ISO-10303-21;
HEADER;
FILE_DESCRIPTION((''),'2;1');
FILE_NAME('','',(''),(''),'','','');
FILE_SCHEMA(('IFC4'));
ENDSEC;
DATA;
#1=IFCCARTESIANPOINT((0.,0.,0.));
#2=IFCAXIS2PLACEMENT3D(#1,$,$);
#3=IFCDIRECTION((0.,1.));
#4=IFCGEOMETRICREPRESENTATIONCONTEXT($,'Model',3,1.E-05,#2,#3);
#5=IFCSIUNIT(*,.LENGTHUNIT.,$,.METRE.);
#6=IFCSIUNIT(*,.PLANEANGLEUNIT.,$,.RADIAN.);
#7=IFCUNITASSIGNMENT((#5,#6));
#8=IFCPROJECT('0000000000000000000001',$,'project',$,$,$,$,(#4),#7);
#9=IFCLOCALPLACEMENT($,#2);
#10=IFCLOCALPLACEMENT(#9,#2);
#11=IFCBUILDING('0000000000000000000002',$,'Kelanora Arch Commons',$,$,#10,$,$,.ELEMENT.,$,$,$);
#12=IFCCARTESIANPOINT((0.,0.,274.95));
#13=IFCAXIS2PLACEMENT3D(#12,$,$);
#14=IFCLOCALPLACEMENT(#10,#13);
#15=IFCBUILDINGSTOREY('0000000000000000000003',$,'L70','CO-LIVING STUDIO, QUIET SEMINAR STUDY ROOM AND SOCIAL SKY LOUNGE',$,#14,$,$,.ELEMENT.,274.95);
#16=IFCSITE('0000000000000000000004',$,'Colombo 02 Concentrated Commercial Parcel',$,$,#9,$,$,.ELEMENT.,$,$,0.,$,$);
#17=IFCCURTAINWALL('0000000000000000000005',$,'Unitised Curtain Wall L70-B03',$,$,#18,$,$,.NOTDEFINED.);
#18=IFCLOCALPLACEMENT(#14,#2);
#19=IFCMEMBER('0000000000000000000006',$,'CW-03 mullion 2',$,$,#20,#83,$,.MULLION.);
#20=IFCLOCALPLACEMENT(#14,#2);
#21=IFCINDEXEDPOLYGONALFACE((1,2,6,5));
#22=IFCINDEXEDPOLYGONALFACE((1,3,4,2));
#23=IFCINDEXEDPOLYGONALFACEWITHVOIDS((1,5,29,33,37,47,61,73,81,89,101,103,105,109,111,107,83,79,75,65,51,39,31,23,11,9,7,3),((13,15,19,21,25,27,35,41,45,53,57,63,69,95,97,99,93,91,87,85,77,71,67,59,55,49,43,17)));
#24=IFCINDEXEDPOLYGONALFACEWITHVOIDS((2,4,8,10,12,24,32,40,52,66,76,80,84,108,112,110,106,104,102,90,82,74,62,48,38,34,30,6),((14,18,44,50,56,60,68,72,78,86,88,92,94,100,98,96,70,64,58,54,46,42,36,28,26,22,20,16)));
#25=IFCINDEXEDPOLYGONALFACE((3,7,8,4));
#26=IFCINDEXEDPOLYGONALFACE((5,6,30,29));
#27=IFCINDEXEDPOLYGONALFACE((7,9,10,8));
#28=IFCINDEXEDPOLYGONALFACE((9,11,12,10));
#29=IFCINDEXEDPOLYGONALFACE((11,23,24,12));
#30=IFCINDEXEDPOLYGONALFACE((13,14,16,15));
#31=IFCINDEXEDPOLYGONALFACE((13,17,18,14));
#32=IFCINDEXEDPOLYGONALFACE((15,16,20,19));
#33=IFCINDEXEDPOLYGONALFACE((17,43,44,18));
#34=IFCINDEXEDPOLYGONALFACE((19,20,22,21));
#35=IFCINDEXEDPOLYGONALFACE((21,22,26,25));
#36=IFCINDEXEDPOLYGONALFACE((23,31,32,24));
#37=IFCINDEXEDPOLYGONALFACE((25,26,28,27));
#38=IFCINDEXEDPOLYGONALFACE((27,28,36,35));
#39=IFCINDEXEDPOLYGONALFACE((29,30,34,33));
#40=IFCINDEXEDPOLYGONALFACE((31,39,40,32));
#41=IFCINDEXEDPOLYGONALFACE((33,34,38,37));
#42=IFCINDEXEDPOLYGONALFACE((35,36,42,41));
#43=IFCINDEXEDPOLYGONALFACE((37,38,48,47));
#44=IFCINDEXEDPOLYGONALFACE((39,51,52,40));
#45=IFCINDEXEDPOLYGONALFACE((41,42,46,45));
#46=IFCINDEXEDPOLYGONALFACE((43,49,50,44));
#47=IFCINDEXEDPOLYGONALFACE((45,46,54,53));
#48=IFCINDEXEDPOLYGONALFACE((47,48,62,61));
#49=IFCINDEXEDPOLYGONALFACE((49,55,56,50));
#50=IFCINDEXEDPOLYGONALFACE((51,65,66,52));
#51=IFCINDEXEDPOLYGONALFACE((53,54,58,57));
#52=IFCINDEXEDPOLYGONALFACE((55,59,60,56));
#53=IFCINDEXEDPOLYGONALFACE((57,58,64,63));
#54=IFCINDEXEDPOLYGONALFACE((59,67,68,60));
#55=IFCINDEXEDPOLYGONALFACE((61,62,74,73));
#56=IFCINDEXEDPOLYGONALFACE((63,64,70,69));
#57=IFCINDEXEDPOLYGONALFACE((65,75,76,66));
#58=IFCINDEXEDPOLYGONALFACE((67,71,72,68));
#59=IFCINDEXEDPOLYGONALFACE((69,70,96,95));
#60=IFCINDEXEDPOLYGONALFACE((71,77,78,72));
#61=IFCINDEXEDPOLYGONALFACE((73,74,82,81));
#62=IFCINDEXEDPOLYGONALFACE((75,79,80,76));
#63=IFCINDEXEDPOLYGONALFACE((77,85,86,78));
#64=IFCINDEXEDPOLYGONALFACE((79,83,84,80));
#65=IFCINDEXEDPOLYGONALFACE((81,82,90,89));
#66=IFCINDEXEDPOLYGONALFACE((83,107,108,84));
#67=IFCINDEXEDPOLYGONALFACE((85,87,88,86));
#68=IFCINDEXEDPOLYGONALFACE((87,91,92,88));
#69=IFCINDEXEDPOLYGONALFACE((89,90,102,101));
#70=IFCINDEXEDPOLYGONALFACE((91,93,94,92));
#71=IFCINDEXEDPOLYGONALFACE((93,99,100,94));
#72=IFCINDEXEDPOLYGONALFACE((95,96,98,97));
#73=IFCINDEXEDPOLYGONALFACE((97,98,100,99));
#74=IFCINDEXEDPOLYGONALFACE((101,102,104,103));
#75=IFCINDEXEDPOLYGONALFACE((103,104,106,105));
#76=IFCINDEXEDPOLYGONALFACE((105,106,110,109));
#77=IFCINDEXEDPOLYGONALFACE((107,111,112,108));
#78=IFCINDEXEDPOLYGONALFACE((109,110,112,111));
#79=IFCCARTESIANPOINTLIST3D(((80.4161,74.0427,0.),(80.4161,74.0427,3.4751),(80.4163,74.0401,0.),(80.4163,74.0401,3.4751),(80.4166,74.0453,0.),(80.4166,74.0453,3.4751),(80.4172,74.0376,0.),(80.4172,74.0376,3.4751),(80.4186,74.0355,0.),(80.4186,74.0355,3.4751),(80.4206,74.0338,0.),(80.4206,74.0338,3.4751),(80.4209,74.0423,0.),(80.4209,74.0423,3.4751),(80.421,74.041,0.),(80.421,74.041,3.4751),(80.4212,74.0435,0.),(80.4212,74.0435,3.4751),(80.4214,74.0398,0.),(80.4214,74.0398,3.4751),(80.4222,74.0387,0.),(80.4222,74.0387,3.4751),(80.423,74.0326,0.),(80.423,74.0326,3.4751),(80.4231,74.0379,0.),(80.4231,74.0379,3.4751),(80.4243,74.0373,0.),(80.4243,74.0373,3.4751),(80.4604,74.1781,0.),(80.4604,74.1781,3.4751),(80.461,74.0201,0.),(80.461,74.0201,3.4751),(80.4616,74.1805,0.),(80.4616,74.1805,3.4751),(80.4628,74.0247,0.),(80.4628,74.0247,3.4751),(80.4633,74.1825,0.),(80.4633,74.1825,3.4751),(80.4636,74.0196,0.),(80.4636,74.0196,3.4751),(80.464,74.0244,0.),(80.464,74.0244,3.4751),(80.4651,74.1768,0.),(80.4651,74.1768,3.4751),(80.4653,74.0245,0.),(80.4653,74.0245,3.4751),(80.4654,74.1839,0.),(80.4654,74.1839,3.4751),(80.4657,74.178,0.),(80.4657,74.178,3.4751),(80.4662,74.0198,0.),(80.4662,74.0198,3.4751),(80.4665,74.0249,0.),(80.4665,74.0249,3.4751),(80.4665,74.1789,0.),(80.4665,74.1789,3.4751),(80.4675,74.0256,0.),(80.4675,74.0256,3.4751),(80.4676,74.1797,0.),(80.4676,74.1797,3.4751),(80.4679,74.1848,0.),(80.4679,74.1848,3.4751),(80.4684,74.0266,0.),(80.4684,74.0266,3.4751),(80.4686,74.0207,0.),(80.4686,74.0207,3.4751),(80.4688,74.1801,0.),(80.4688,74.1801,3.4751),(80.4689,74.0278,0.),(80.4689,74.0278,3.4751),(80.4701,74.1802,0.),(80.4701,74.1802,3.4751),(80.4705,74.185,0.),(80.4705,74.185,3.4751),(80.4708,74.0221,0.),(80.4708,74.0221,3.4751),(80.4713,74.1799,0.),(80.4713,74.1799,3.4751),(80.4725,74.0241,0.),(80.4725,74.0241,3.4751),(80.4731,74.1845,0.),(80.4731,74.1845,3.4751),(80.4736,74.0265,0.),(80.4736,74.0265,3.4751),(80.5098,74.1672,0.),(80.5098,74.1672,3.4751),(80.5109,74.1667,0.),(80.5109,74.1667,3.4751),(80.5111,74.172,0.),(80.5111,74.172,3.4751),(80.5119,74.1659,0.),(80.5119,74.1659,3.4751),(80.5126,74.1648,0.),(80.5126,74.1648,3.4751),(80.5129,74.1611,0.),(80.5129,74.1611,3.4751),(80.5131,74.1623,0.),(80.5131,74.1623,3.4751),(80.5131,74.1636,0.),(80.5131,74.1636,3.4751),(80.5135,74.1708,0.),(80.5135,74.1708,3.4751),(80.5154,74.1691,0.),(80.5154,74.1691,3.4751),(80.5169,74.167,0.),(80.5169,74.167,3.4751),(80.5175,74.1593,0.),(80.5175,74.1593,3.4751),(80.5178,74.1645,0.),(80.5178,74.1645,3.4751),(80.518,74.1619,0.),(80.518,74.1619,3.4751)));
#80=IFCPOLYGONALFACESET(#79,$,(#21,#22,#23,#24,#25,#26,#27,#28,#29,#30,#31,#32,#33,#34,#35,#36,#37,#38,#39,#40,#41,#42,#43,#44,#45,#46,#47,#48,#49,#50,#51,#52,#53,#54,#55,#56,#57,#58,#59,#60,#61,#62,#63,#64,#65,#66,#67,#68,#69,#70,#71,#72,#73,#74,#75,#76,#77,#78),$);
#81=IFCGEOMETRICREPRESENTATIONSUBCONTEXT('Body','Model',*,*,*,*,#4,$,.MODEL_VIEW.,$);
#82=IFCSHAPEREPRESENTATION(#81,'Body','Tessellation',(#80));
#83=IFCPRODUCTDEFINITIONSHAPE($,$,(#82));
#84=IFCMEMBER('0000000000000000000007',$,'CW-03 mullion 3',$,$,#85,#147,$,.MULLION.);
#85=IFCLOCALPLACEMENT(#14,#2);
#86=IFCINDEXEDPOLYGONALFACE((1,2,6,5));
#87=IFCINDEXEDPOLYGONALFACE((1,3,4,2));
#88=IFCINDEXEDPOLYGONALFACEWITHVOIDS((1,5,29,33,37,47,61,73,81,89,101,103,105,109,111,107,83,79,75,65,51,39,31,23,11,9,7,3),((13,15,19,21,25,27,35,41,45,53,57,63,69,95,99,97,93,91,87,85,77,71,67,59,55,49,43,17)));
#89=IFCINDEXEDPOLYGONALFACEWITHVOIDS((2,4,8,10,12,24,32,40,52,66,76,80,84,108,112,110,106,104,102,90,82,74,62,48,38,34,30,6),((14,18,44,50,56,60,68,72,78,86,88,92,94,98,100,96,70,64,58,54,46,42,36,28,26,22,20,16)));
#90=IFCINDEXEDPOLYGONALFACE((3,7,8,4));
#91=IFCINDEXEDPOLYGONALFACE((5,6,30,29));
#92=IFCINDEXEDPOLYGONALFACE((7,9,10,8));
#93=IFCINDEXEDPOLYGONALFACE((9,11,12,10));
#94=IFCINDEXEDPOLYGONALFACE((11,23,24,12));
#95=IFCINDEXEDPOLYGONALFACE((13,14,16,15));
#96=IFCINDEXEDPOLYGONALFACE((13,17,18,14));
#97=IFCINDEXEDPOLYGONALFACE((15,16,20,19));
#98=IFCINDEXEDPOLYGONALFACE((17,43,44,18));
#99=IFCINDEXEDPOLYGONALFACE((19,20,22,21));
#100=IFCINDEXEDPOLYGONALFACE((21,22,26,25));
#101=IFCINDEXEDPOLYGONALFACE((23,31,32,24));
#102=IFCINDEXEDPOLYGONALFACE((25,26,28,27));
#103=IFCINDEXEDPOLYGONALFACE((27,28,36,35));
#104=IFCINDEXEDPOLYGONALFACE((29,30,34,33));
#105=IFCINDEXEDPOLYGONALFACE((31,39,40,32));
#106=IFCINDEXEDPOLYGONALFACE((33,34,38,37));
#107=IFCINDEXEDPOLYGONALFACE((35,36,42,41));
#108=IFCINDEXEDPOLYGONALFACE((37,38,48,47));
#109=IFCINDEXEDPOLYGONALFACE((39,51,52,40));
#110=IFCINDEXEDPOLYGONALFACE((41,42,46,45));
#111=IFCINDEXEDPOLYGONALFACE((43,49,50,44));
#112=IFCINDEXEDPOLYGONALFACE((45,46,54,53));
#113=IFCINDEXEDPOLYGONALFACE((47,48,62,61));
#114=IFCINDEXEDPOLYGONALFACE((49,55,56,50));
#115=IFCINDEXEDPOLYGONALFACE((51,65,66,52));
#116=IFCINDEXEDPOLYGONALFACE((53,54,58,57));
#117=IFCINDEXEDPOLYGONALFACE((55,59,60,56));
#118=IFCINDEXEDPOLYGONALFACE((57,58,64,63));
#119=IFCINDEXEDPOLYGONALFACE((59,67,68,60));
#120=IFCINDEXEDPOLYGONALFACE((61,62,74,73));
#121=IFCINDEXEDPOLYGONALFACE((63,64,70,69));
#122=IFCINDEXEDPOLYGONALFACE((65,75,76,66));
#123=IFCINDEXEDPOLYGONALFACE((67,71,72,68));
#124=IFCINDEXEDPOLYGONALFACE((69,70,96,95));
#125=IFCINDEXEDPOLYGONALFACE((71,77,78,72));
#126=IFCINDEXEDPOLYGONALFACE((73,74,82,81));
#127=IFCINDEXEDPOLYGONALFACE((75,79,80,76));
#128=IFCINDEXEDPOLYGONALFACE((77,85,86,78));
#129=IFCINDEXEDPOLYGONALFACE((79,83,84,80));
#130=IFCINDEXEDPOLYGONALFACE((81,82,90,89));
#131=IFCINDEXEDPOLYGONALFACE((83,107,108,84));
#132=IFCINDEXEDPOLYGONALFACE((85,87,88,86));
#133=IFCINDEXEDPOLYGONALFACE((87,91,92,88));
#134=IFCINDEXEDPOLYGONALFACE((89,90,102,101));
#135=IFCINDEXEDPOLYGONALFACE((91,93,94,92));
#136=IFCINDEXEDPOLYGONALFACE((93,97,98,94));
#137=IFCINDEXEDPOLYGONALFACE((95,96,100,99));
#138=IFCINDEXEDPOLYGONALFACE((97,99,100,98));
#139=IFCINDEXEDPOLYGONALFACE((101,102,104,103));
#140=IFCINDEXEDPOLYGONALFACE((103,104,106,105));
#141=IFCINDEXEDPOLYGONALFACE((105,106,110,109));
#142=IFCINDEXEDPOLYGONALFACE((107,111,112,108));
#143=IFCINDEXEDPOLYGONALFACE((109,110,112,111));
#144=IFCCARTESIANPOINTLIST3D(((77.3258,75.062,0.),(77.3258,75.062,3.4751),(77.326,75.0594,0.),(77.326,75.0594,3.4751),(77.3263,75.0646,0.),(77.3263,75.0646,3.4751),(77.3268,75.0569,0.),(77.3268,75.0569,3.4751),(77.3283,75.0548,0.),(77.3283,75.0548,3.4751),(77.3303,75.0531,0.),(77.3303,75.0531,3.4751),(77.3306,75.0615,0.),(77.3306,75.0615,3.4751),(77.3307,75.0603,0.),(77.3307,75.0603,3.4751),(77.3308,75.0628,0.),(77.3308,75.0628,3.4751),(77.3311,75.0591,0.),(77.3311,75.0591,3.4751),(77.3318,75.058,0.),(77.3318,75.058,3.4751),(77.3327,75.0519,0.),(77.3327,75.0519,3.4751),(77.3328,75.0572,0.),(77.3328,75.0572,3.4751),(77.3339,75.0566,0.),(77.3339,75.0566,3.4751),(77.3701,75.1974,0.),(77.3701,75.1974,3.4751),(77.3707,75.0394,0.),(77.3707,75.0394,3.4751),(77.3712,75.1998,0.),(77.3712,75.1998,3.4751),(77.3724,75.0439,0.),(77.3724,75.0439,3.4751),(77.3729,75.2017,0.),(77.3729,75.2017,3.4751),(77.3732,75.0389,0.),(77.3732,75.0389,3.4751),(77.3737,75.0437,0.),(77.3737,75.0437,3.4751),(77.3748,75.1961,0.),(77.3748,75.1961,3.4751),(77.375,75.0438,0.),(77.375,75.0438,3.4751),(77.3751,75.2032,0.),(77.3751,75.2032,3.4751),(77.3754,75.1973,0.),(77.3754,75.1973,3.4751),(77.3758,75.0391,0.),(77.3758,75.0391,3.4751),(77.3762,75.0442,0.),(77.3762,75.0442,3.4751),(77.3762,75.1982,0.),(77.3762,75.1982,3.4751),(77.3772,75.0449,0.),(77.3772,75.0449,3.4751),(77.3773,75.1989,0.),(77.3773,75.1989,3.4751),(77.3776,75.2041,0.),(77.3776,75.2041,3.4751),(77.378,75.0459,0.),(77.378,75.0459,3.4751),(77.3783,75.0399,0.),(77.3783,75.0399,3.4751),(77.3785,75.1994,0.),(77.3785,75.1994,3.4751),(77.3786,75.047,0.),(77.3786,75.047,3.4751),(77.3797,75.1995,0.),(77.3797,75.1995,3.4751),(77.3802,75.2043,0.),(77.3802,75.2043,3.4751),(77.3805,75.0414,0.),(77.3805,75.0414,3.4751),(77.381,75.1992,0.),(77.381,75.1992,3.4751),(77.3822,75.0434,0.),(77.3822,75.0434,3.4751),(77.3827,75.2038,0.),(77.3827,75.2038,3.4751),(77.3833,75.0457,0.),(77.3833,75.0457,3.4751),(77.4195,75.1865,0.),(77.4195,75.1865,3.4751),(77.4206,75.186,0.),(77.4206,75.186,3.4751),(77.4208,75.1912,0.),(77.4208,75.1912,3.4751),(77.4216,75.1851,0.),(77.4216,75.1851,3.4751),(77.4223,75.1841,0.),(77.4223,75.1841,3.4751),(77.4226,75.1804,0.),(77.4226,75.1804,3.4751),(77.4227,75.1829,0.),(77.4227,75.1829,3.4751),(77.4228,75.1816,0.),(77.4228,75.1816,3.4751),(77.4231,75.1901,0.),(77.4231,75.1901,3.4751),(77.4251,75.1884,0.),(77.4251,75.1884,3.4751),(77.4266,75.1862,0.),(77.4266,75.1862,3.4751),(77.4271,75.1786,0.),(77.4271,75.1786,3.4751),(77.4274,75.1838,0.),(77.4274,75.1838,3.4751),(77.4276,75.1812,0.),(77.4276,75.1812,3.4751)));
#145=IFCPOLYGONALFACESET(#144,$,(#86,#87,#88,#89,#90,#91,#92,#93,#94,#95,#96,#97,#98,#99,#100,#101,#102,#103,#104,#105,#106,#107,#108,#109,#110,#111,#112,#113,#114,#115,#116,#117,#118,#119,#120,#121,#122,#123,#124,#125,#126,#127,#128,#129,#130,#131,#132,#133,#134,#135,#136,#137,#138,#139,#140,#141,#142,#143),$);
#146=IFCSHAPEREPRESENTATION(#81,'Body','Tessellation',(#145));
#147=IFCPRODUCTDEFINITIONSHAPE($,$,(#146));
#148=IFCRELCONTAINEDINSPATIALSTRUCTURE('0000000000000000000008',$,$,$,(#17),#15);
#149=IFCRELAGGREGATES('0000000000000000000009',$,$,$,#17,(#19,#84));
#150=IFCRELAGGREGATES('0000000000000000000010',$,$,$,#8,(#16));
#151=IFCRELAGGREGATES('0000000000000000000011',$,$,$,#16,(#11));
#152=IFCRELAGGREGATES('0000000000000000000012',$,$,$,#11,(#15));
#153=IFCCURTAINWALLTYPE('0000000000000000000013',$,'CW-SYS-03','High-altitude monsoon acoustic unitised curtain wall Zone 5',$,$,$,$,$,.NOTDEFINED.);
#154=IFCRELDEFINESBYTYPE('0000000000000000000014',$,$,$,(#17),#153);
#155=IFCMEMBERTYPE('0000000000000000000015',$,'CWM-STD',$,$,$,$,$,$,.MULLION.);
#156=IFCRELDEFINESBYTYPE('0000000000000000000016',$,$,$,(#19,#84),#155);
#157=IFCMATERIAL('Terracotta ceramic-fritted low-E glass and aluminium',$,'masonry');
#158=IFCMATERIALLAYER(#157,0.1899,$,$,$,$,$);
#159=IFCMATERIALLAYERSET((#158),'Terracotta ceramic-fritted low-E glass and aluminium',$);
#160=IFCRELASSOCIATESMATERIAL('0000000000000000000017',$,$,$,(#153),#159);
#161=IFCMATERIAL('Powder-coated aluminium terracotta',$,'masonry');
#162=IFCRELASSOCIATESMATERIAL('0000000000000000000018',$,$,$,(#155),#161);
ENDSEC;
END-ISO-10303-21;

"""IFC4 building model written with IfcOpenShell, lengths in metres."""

from ifc_helpers import new_model, si_unit, direction, frame, origin, origin_2d, place, context, subcontext, project, spatial, hollow_rectangle, extrude, material, layer, layer_set, material_profile, profile_set, type_object, element, aggregate, save


model = new_model("IFC4")

# Units and contexts
model_context = context("Model", 3, precision=1e-05, world=origin(), true_north=direction((0.0, 1.0)))
body_context = subcontext(model_context, "Body", "Model", "MODEL_VIEW")
ifc_project = project(units=[si_unit("LENGTHUNIT", "METRE"), si_unit("PLANEANGLEUNIT", "RADIAN")], contexts=[model_context])

# Site, building, storey
site_placement = place(None, origin())
site = spatial("IfcSite", under=ifc_project, at=site_placement, Name="Colombo 02 Concentrated Commercial Parcel", CompositionType="ELEMENT", RefElevation=0.0)
building_placement = place(site_placement, origin())
building = spatial("IfcBuilding", under=site, at=building_placement, Name="Kelanora Arch Commons", CompositionType="ELEMENT")
storey_placement = place(building_placement, frame((0.0, 0.0, 274.95)))
storey = spatial("IfcBuildingStorey", under=building, at=storey_placement, Name="L70", Description="CO-LIVING STUDIO, QUIET SEMINAR STUDY ROOM AND SOCIAL SKY LOUNGE", CompositionType="ELEMENT", Elevation=274.95)

# Curtain wall, members
ifc_material_1 = material(Name="Terracotta ceramic-fritted low-E glass and aluminium", Category="masonry")
ifc_layer_1 = layer(ifc_material_1, 0.1899)
ifc_layer_set_1 = layer_set([ifc_layer_1], Name="Terracotta ceramic-fritted low-E glass and aluminium")
curtain_wall_type = type_object("IfcCurtainWallType", Name="CW-SYS-03", Description="High-altitude monsoon acoustic unitised curtain wall Zone 5", PredefinedType="NOTDEFINED", material=ifc_layer_set_1)
curtain_wall_placement = place(storey_placement, origin())
curtain_wall = element("IfcCurtainWall", 1, at=curtain_wall_placement, inside=storey, type_object=curtain_wall_type, Name="Unitised Curtain Wall L70-B03", PredefinedType="NOTDEFINED")
ifc_material_2 = material(Name="Powder-coated aluminium terracotta", Category="masonry")
ifc_material_profile_1 = material_profile(ifc_material_2, hollow_rectangle(XDim=0.1599, YDim=0.0601, WallThickness=0.0049, InnerFilletRadius=0.0049, OuterFilletRadius=0.01, at=origin_2d()), Name="CWM160x60")
ifc_profile_set_1 = profile_set([ifc_material_profile_1], Name="Powder-coated aluminium terracotta")
member_type_1 = type_object("IfcMemberType", Name="CWM-STD", PredefinedType="MULLION", material=ifc_profile_set_1)
member_1_placement = place(storey_placement, frame((80.467, 74.1023, 0.0), z_axis=(0.0, 0.0, 1.0), x_axis=(-0.313253, -0.94967, 0.0)))
member_1 = element("IfcMember", 2, at=member_1_placement, type_object=member_type_1, Name="CW-03 mullion 2", PredefinedType="MULLION", context=body_context, shape_type="SweptSolid", body=[
    extrude(hollow_rectangle(XDim=0.1599, YDim=0.0601, WallThickness=0.0049, InnerFilletRadius=0.0049, OuterFilletRadius=0.01, at=origin_2d()), origin(), (0.0, 0.0, 1.0), 3.4751),
])
member_2_placement = place(storey_placement, frame((77.3767, 75.1216, 0.0), z_axis=(0.0, 0.0, 1.0), x_axis=(-0.313253, -0.94967, 0.0)))
member_2 = element("IfcMember", 3, at=member_2_placement, type_object=member_type_1, Name="CW-03 mullion 3", PredefinedType="MULLION", context=body_context, shape_type="SweptSolid", body=[
    extrude(hollow_rectangle(XDim=0.1599, YDim=0.0601, WallThickness=0.0049, InnerFilletRadius=0.0049, OuterFilletRadius=0.01, at=origin_2d()), origin(), (0.0, 0.0, 1.0), 3.4751),
])
aggregate(curtain_wall, [member_1, member_2])

save(model, "model.ifc")
